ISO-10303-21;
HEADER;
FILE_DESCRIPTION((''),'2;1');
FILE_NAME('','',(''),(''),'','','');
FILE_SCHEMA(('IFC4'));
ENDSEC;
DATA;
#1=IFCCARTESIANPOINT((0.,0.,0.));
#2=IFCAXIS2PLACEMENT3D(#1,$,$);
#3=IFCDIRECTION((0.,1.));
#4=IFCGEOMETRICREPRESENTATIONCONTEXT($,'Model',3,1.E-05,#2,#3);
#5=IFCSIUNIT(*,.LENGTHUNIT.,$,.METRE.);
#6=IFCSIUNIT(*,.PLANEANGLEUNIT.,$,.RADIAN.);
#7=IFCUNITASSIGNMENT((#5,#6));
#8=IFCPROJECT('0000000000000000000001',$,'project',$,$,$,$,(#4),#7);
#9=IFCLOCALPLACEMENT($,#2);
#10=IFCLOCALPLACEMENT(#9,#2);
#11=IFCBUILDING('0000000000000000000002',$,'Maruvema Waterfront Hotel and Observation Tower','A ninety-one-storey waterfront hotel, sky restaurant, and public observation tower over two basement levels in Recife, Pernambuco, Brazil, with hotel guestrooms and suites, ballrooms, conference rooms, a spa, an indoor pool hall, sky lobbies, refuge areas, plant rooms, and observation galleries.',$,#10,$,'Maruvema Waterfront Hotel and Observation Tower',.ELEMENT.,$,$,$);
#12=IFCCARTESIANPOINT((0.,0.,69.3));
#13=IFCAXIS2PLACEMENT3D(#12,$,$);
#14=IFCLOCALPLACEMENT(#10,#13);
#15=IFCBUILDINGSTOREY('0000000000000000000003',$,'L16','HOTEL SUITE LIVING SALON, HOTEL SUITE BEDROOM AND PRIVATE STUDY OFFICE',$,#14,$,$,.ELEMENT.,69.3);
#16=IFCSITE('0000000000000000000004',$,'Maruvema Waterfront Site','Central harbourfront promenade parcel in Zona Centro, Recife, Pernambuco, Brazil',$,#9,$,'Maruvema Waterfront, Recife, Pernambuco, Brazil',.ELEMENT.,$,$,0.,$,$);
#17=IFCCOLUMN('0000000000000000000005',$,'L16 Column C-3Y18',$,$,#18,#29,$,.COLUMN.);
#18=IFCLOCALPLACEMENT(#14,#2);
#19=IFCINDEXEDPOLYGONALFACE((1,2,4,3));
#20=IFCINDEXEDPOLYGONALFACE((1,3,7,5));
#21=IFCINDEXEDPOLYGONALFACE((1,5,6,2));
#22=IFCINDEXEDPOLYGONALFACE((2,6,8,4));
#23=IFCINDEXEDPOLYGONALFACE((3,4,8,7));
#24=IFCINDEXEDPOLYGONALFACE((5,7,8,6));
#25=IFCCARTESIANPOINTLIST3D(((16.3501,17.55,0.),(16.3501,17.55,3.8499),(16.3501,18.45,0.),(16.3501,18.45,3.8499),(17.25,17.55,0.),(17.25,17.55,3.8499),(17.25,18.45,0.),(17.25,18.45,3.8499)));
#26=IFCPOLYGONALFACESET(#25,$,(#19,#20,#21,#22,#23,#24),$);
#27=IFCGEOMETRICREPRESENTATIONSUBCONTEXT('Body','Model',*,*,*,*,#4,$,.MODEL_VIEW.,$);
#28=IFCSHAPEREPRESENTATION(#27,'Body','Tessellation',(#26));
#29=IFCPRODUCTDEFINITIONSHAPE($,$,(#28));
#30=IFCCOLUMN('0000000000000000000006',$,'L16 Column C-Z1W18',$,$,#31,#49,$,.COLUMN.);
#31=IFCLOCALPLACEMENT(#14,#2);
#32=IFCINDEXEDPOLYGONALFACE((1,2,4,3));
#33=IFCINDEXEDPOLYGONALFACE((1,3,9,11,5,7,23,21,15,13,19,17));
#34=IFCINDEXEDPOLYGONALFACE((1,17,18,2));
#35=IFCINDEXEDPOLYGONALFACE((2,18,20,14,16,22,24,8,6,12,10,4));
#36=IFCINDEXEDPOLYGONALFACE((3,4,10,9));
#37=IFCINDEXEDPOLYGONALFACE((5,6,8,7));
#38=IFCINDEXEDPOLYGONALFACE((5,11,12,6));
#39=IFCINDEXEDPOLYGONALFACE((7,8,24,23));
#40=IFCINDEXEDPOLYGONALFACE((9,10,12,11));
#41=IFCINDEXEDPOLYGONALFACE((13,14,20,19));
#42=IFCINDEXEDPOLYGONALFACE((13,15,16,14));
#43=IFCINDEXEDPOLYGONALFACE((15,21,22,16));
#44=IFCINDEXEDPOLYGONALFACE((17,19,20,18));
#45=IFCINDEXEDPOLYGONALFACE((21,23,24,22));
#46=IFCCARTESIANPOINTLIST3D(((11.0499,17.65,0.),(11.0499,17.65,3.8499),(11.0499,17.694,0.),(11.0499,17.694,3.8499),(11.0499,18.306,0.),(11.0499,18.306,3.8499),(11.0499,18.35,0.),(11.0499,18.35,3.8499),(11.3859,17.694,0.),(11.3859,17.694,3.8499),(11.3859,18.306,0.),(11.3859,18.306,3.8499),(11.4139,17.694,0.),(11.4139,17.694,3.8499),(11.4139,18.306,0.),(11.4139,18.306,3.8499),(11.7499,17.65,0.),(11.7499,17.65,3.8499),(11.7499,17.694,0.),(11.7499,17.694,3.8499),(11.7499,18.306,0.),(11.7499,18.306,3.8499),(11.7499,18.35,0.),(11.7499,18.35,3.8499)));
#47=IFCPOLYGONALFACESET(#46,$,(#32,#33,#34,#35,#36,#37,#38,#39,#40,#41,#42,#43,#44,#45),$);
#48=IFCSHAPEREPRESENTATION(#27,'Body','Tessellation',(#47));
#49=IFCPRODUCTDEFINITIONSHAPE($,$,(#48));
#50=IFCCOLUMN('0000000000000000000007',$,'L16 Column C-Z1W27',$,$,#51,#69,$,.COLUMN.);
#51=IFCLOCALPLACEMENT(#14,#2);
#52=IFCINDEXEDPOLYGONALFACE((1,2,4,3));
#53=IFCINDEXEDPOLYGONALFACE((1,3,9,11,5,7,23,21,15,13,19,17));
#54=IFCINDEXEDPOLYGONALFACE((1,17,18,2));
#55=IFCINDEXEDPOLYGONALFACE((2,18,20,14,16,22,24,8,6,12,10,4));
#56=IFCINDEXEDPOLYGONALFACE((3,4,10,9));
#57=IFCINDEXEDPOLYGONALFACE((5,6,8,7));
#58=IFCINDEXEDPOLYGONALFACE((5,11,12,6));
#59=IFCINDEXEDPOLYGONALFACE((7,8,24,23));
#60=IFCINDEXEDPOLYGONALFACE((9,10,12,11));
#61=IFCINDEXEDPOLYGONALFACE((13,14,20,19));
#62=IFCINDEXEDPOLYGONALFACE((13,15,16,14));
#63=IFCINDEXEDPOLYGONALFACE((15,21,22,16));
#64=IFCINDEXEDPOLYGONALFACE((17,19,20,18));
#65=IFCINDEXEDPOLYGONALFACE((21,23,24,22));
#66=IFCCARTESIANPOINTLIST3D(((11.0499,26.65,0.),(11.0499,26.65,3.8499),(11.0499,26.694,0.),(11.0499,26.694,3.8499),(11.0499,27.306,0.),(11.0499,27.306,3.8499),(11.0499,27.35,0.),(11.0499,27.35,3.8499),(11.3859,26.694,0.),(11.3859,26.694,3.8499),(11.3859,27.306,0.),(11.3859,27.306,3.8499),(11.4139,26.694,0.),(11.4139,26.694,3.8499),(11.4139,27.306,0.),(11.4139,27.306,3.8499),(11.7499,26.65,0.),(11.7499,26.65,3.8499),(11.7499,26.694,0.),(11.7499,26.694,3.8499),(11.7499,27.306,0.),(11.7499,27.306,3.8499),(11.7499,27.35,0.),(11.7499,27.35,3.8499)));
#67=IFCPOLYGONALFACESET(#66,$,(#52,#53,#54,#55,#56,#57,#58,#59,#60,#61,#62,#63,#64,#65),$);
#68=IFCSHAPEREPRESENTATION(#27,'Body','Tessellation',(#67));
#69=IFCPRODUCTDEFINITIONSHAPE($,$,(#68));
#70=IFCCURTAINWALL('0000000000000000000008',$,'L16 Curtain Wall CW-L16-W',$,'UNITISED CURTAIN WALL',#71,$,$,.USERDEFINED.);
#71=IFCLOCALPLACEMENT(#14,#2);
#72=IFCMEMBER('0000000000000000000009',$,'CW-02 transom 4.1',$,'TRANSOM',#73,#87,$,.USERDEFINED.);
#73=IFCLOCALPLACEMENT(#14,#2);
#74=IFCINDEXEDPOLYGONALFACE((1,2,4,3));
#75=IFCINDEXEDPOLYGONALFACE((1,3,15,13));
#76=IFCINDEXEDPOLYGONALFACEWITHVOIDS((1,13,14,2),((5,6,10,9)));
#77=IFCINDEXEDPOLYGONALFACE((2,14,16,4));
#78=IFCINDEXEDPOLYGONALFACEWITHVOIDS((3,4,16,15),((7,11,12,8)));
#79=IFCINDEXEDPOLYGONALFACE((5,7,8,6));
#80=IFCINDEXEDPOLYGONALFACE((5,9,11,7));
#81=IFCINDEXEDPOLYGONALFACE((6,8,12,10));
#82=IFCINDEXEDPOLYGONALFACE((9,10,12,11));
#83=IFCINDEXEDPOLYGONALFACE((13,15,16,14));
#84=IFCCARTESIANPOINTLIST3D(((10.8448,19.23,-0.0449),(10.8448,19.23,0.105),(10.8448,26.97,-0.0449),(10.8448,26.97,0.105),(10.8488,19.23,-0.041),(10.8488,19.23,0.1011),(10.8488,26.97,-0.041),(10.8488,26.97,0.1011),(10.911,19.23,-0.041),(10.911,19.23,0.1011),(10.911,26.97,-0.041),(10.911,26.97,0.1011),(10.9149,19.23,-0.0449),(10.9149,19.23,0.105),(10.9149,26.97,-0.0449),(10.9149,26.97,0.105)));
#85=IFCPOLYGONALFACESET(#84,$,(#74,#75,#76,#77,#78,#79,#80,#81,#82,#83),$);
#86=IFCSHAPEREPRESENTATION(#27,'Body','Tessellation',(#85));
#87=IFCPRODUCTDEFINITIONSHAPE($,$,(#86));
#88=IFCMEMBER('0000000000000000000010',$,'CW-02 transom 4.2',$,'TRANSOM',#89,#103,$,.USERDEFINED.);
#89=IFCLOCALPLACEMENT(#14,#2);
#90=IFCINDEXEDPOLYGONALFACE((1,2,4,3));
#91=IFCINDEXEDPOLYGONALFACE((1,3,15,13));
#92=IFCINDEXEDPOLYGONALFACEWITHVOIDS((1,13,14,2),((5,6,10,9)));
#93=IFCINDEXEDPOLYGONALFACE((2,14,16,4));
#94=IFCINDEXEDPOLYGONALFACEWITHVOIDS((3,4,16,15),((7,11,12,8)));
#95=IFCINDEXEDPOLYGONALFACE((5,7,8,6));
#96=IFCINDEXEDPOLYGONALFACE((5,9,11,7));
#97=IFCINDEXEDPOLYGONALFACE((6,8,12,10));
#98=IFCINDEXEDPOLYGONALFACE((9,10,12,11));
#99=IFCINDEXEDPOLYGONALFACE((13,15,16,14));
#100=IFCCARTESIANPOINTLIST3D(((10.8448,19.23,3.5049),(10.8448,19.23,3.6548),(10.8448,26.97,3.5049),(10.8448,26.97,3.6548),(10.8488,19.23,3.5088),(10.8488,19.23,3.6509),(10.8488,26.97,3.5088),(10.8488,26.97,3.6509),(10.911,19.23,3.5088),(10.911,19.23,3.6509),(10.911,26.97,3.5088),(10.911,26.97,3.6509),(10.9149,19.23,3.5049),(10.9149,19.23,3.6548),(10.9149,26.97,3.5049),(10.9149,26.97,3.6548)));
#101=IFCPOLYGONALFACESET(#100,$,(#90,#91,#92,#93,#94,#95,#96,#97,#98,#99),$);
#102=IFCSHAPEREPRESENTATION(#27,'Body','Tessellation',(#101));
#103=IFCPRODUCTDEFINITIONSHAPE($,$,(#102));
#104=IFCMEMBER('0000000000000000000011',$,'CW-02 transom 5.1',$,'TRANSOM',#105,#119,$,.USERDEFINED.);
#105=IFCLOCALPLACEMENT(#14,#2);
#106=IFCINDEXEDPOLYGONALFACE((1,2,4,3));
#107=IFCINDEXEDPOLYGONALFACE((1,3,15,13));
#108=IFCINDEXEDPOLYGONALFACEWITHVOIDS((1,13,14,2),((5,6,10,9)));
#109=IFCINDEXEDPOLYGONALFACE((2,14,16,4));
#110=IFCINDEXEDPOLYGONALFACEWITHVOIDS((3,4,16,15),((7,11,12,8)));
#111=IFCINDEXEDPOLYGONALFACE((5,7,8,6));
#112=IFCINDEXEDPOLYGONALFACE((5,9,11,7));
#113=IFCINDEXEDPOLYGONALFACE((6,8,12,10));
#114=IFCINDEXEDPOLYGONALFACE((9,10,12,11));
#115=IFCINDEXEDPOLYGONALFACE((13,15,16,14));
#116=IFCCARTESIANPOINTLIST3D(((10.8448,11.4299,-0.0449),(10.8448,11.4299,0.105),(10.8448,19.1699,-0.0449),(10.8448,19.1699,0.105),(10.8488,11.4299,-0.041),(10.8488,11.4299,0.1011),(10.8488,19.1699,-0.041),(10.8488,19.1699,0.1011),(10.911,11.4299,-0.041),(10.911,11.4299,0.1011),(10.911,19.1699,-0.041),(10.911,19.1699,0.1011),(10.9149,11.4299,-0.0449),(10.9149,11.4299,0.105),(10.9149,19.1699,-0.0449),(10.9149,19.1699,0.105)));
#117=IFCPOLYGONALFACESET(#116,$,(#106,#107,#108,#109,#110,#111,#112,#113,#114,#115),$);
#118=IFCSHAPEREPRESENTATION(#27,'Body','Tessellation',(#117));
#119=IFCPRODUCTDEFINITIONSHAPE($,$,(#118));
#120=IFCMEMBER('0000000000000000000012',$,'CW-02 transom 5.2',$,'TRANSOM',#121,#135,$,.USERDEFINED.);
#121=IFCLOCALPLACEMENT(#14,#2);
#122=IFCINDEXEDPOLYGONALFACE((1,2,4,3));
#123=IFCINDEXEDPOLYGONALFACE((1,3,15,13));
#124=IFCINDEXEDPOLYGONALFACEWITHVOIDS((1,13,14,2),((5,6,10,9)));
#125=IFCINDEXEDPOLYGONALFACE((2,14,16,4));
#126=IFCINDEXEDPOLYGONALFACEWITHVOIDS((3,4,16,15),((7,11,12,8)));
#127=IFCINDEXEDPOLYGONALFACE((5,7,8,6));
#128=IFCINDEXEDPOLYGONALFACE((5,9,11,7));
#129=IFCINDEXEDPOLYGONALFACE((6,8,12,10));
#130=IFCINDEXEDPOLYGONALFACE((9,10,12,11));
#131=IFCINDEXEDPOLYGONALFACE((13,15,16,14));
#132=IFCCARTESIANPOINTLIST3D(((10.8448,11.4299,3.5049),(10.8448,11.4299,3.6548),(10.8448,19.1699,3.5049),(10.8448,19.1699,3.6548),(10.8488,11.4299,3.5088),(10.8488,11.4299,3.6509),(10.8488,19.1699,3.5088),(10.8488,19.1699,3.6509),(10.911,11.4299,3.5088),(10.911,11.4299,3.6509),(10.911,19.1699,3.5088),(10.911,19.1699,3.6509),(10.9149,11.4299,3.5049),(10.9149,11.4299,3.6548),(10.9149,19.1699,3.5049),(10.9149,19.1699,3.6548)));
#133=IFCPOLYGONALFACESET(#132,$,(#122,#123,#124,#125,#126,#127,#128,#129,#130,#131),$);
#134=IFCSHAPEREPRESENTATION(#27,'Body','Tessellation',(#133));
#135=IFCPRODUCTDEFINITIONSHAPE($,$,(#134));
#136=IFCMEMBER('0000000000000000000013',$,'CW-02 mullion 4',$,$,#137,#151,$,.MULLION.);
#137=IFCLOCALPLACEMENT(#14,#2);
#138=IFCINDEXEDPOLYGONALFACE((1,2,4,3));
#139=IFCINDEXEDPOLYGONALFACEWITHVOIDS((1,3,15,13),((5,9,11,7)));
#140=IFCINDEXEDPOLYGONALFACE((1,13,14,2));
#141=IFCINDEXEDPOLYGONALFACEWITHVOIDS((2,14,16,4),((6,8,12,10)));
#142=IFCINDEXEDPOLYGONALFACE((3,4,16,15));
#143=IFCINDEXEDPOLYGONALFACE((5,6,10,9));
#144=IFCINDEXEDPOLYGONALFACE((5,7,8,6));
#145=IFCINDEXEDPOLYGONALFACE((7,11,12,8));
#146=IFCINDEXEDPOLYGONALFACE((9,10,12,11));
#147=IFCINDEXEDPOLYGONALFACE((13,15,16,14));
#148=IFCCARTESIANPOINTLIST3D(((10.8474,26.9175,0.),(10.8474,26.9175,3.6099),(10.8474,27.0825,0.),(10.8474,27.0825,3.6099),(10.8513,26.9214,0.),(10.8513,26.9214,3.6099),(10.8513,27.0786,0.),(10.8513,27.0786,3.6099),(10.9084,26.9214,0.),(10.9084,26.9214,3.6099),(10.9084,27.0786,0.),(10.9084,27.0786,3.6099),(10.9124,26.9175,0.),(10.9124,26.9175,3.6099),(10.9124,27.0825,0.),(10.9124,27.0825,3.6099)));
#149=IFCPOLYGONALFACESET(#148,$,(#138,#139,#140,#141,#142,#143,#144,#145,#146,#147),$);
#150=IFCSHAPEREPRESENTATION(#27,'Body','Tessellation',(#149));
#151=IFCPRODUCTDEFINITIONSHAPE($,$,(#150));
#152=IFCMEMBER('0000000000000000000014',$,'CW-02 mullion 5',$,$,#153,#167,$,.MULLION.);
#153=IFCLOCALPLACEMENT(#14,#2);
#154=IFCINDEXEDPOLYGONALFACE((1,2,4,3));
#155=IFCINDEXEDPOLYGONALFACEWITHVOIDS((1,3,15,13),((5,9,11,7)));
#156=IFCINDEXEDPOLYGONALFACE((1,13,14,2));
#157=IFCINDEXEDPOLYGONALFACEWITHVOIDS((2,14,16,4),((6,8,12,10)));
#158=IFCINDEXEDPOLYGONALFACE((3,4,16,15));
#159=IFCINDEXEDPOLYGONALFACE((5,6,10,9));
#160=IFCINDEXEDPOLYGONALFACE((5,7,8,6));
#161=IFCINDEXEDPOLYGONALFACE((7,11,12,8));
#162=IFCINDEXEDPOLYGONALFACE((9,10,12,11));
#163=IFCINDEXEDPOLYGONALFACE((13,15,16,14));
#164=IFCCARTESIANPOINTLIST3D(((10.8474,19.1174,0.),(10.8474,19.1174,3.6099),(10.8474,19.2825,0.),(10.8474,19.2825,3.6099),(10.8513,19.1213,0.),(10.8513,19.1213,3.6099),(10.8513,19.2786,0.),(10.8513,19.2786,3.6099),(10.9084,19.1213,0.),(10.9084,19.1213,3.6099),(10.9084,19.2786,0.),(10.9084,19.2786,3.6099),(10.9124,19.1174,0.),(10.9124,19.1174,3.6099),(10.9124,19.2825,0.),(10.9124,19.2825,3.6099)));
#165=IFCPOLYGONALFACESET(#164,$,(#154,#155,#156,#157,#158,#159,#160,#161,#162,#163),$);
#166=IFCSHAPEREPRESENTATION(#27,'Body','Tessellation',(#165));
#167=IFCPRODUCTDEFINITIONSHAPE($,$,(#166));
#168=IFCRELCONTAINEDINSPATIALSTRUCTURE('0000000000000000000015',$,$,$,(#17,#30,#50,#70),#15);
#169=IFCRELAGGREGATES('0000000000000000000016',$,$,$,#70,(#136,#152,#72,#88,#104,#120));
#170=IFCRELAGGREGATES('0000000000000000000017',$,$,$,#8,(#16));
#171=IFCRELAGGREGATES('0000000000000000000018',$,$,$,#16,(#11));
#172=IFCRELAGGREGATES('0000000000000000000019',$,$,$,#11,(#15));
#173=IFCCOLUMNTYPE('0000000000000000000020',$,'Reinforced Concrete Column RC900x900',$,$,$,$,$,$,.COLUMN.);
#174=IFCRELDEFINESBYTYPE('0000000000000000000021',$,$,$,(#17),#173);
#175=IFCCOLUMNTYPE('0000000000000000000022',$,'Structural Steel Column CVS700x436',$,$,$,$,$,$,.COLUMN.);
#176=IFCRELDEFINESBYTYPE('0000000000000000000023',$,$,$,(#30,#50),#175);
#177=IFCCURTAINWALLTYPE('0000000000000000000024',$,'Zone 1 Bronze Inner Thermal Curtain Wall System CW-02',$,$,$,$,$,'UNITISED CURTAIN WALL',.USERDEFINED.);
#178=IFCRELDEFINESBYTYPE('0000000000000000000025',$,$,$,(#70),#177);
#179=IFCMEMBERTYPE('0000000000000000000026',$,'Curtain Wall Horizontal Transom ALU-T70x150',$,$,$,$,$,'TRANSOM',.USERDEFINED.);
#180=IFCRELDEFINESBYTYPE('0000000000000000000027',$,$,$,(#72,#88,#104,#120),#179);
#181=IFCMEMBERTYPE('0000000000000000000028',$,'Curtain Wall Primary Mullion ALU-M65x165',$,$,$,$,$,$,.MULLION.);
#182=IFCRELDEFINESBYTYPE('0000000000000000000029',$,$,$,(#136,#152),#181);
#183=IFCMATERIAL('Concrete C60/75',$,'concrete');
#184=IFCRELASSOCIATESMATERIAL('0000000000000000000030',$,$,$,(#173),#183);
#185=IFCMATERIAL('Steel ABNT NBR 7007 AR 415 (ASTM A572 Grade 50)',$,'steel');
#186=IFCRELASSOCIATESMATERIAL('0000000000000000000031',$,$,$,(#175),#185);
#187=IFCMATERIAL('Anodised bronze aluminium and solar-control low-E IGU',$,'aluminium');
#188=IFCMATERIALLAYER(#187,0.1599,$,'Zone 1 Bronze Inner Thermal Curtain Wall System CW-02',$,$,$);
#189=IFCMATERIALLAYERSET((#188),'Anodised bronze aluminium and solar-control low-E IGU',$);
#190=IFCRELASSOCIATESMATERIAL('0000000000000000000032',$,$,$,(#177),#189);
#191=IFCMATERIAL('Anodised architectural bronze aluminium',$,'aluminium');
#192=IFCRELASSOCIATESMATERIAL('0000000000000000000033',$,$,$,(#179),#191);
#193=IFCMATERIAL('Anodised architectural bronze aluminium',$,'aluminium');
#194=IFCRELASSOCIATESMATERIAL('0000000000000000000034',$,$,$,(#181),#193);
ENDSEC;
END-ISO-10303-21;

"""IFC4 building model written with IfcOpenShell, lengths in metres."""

from ifc_helpers import new_model, si_unit, direction, frame, origin, origin_2d, place, context, subcontext, project, spatial, rectangle, hollow_rectangle, i_section, extrude, material, layer, layer_set, material_profile, profile_set, type_object, element, aggregate, save


model = new_model("IFC4")

# Units and contexts
model_context = context("Model", 3, precision=1e-05, world=origin(), true_north=direction((0.0, 1.0)))
body_context = subcontext(model_context, "Body", "Model", "MODEL_VIEW")
ifc_project = project(units=[si_unit("LENGTHUNIT", "METRE"), si_unit("PLANEANGLEUNIT", "RADIAN")], contexts=[model_context])

# Site, building, storey
site_placement = place(None, origin())
site = spatial("IfcSite", under=ifc_project, at=site_placement, Name="Maruvema Waterfront Site", Description="Central harbourfront promenade parcel in Zona Centro, Recife, Pernambuco, Brazil", LongName="Maruvema Waterfront, Recife, Pernambuco, Brazil", CompositionType="ELEMENT", RefElevation=0.0)
building_placement = place(site_placement, origin())
building = spatial("IfcBuilding", under=site, at=building_placement, Name="Maruvema Waterfront Hotel and Observation Tower", Description="A ninety-one-storey waterfront hotel, sky restaurant, and public observation tower over two basement levels in Recife, Pernambuco, Brazil, with hotel guestrooms and suites, ballrooms, conference rooms, a spa, an indoor pool hall, sky lobbies, refuge areas, plant rooms, and observation galleries.", LongName="Maruvema Waterfront Hotel and Observation Tower", CompositionType="ELEMENT")
storey_placement = place(building_placement, frame((0.0, 0.0, 69.3)))
storey = spatial("IfcBuildingStorey", under=building, at=storey_placement, Name="L16", Description="HOTEL SUITE LIVING SALON, HOTEL SUITE BEDROOM AND PRIVATE STUDY OFFICE", CompositionType="ELEMENT", Elevation=69.3)

# Columns
ifc_material_1 = material(Name="Concrete C60/75", Category="concrete")
ifc_material_profile_1 = material_profile(ifc_material_1, rectangle(XDim=0.8999, YDim=0.8999, at=origin_2d()), Name="RC900x900")
ifc_profile_set_1 = profile_set([ifc_material_profile_1], Name="Concrete C60/75")
column_type_1 = type_object("IfcColumnType", Name="Reinforced Concrete Column RC900x900", PredefinedType="COLUMN", material=ifc_profile_set_1)
column_placement = place(storey_placement, frame((16.8, 18.0, 0.0), z_axis=(0.0, 0.0, 1.0), x_axis=(1.0, 0.0, 0.0)))
element("IfcColumn", 1, at=column_placement, inside=storey, type_object=column_type_1, Name="L16 Column C-3Y18", PredefinedType="COLUMN", context=body_context, shape_type="SweptSolid", body=[
    extrude(rectangle(XDim=0.8999, YDim=0.8999, at=origin_2d()), origin(), (0.0, 0.0, 1.0), 3.8499),
])
ifc_material_2 = material(Name="Steel ABNT NBR 7007 AR 415 (ASTM A572 Grade 50)", Category="steel")
ifc_material_profile_2 = material_profile(ifc_material_2, i_section(OverallWidth=0.7, OverallDepth=0.7, WebThickness=0.0281, FlangeThickness=0.0439, at=origin_2d()), Name="CVS700x436")
ifc_profile_set_2 = profile_set([ifc_material_profile_2], Name="Steel ABNT NBR 7007 AR 415 (ASTM A572 Grade 50)")
column_type_2 = type_object("IfcColumnType", Name="Structural Steel Column CVS700x436", PredefinedType="COLUMN", material=ifc_profile_set_2)
for number, where, z_axis, x_axis, name in (
    (2, (11.3999, 18.0, 0.0), (0.0, 0.0, 1.0), (1.0, 0.0, 0.0), "L16 Column C-Z1W18"),
    (3, (11.3999, 27.0, 0.0), (0.0, 0.0, 1.0), (1.0, 0.0, 0.0), "L16 Column C-Z1W27"),
):
    element("IfcColumn", number, at=place(storey_placement, frame(where, z_axis=z_axis, x_axis=x_axis)), inside=storey, type_object=column_type_2, Name=name, PredefinedType="COLUMN", context=body_context, shape_type="SweptSolid", body=[
        extrude(i_section(OverallWidth=0.7, OverallDepth=0.7, WebThickness=0.0281, FlangeThickness=0.0439, at=origin_2d()), origin(), (0.0, 0.0, 1.0), 3.8499),
    ])

# Curtain wall, members
ifc_material_3 = material(Name="Anodised bronze aluminium and solar-control low-E IGU", Category="aluminium")
ifc_layer_1 = layer(ifc_material_3, 0.1599, Name="Zone 1 Bronze Inner Thermal Curtain Wall System CW-02")
ifc_layer_set_1 = layer_set([ifc_layer_1], Name="Anodised bronze aluminium and solar-control low-E IGU")
curtain_wall_type = type_object("IfcCurtainWallType", Name="Zone 1 Bronze Inner Thermal Curtain Wall System CW-02", ElementType="UNITISED CURTAIN WALL", PredefinedType="USERDEFINED", material=ifc_layer_set_1)
curtain_wall_placement = place(storey_placement, origin())
curtain_wall = element("IfcCurtainWall", 4, at=curtain_wall_placement, inside=storey, type_object=curtain_wall_type, Name="L16 Curtain Wall CW-L16-W", ObjectType="UNITISED CURTAIN WALL", PredefinedType="USERDEFINED")
ifc_material_4 = material(Name="Anodised architectural bronze aluminium", Category="aluminium")
ifc_material_profile_3 = material_profile(ifc_material_4, hollow_rectangle(XDim=0.0701, YDim=0.1499, WallThickness=0.0039, at=origin_2d()), Name="ALU-T70x150")
ifc_profile_set_3 = profile_set([ifc_material_profile_3], Name="Anodised architectural bronze aluminium")
member_type_1 = type_object("IfcMemberType", Name="Curtain Wall Horizontal Transom ALU-T70x150", ElementType="TRANSOM", PredefinedType="USERDEFINED", material=ifc_profile_set_3)
member_1_placement = place(storey_placement, frame((10.8799, 26.97, 0.03), z_axis=(0.0, -1.0, 0.0), x_axis=(1.0, 0.0, 0.0)))
member_1 = element("IfcMember", 5, at=member_1_placement, type_object=member_type_1, Name="CW-02 transom 4.1", ObjectType="TRANSOM", PredefinedType="USERDEFINED", context=body_context, shape_type="SweptSolid", body=[
    extrude(hollow_rectangle(XDim=0.0701, YDim=0.1499, WallThickness=0.0039, at=origin_2d()), origin(), (0.0, 0.0, 1.0), 7.74),
])
member_2_placement = place(storey_placement, frame((10.8799, 26.97, 3.5798), z_axis=(0.0, -1.0, 0.0), x_axis=(1.0, 0.0, 0.0)))
member_2 = element("IfcMember", 6, at=member_2_placement, type_object=member_type_1, Name="CW-02 transom 4.2", ObjectType="TRANSOM", PredefinedType="USERDEFINED", context=body_context, shape_type="SweptSolid", body=[
    extrude(hollow_rectangle(XDim=0.0701, YDim=0.1499, WallThickness=0.0039, at=origin_2d()), origin(), (0.0, 0.0, 1.0), 7.74),
])
member_3_placement = place(storey_placement, frame((10.8799, 19.1699, 0.03), z_axis=(0.0, -1.0, 0.0), x_axis=(1.0, 0.0, 0.0)))
member_3 = element("IfcMember", 7, at=member_3_placement, type_object=member_type_1, Name="CW-02 transom 5.1", ObjectType="TRANSOM", PredefinedType="USERDEFINED", context=body_context, shape_type="SweptSolid", body=[
    extrude(hollow_rectangle(XDim=0.0701, YDim=0.1499, WallThickness=0.0039, at=origin_2d()), origin(), (0.0, 0.0, 1.0), 7.74),
])
member_4_placement = place(storey_placement, frame((10.8799, 19.1699, 3.5798), z_axis=(0.0, -1.0, 0.0), x_axis=(1.0, 0.0, 0.0)))
member_4 = element("IfcMember", 8, at=member_4_placement, type_object=member_type_1, Name="CW-02 transom 5.2", ObjectType="TRANSOM", PredefinedType="USERDEFINED", context=body_context, shape_type="SweptSolid", body=[
    extrude(hollow_rectangle(XDim=0.0701, YDim=0.1499, WallThickness=0.0039, at=origin_2d()), origin(), (0.0, 0.0, 1.0), 7.74),
])
ifc_material_5 = material(Name="Anodised architectural bronze aluminium", Category="aluminium")
ifc_material_profile_4 = material_profile(ifc_material_5, hollow_rectangle(XDim=0.0649, YDim=0.165, WallThickness=0.0039, at=origin_2d()), Name="ALU-M65x165")
ifc_profile_set_4 = profile_set([ifc_material_profile_4], Name="Anodised architectural bronze aluminium")
member_type_2 = type_object("IfcMemberType", Name="Curtain Wall Primary Mullion ALU-M65x165", PredefinedType="MULLION", material=ifc_profile_set_4)
member_5_placement = place(storey_placement, frame((10.8799, 27.0, 0.0), z_axis=(0.0, 0.0, 1.0), x_axis=(1.0, 0.0, 0.0)))
member_5 = element("IfcMember", 9, at=member_5_placement, type_object=member_type_2, Name="CW-02 mullion 4", PredefinedType="MULLION", context=body_context, shape_type="SweptSolid", body=[
    extrude(hollow_rectangle(XDim=0.0649, YDim=0.165, WallThickness=0.0039, at=origin_2d()), origin(), (0.0, 0.0, 1.0), 3.6099),
])
member_6_placement = place(storey_placement, frame((10.8799, 19.2, 0.0), z_axis=(0.0, 0.0, 1.0), x_axis=(1.0, 0.0, 0.0)))
member_6 = element("IfcMember", 10, at=member_6_placement, type_object=member_type_2, Name="CW-02 mullion 5", PredefinedType="MULLION", context=body_context, shape_type="SweptSolid", body=[
    extrude(hollow_rectangle(XDim=0.0649, YDim=0.165, WallThickness=0.0039, at=origin_2d()), origin(), (0.0, 0.0, 1.0), 3.6099),
])

aggregate(curtain_wall, [member_5, member_6, member_1, member_2, member_3, member_4])

save(model, "model.ifc")
